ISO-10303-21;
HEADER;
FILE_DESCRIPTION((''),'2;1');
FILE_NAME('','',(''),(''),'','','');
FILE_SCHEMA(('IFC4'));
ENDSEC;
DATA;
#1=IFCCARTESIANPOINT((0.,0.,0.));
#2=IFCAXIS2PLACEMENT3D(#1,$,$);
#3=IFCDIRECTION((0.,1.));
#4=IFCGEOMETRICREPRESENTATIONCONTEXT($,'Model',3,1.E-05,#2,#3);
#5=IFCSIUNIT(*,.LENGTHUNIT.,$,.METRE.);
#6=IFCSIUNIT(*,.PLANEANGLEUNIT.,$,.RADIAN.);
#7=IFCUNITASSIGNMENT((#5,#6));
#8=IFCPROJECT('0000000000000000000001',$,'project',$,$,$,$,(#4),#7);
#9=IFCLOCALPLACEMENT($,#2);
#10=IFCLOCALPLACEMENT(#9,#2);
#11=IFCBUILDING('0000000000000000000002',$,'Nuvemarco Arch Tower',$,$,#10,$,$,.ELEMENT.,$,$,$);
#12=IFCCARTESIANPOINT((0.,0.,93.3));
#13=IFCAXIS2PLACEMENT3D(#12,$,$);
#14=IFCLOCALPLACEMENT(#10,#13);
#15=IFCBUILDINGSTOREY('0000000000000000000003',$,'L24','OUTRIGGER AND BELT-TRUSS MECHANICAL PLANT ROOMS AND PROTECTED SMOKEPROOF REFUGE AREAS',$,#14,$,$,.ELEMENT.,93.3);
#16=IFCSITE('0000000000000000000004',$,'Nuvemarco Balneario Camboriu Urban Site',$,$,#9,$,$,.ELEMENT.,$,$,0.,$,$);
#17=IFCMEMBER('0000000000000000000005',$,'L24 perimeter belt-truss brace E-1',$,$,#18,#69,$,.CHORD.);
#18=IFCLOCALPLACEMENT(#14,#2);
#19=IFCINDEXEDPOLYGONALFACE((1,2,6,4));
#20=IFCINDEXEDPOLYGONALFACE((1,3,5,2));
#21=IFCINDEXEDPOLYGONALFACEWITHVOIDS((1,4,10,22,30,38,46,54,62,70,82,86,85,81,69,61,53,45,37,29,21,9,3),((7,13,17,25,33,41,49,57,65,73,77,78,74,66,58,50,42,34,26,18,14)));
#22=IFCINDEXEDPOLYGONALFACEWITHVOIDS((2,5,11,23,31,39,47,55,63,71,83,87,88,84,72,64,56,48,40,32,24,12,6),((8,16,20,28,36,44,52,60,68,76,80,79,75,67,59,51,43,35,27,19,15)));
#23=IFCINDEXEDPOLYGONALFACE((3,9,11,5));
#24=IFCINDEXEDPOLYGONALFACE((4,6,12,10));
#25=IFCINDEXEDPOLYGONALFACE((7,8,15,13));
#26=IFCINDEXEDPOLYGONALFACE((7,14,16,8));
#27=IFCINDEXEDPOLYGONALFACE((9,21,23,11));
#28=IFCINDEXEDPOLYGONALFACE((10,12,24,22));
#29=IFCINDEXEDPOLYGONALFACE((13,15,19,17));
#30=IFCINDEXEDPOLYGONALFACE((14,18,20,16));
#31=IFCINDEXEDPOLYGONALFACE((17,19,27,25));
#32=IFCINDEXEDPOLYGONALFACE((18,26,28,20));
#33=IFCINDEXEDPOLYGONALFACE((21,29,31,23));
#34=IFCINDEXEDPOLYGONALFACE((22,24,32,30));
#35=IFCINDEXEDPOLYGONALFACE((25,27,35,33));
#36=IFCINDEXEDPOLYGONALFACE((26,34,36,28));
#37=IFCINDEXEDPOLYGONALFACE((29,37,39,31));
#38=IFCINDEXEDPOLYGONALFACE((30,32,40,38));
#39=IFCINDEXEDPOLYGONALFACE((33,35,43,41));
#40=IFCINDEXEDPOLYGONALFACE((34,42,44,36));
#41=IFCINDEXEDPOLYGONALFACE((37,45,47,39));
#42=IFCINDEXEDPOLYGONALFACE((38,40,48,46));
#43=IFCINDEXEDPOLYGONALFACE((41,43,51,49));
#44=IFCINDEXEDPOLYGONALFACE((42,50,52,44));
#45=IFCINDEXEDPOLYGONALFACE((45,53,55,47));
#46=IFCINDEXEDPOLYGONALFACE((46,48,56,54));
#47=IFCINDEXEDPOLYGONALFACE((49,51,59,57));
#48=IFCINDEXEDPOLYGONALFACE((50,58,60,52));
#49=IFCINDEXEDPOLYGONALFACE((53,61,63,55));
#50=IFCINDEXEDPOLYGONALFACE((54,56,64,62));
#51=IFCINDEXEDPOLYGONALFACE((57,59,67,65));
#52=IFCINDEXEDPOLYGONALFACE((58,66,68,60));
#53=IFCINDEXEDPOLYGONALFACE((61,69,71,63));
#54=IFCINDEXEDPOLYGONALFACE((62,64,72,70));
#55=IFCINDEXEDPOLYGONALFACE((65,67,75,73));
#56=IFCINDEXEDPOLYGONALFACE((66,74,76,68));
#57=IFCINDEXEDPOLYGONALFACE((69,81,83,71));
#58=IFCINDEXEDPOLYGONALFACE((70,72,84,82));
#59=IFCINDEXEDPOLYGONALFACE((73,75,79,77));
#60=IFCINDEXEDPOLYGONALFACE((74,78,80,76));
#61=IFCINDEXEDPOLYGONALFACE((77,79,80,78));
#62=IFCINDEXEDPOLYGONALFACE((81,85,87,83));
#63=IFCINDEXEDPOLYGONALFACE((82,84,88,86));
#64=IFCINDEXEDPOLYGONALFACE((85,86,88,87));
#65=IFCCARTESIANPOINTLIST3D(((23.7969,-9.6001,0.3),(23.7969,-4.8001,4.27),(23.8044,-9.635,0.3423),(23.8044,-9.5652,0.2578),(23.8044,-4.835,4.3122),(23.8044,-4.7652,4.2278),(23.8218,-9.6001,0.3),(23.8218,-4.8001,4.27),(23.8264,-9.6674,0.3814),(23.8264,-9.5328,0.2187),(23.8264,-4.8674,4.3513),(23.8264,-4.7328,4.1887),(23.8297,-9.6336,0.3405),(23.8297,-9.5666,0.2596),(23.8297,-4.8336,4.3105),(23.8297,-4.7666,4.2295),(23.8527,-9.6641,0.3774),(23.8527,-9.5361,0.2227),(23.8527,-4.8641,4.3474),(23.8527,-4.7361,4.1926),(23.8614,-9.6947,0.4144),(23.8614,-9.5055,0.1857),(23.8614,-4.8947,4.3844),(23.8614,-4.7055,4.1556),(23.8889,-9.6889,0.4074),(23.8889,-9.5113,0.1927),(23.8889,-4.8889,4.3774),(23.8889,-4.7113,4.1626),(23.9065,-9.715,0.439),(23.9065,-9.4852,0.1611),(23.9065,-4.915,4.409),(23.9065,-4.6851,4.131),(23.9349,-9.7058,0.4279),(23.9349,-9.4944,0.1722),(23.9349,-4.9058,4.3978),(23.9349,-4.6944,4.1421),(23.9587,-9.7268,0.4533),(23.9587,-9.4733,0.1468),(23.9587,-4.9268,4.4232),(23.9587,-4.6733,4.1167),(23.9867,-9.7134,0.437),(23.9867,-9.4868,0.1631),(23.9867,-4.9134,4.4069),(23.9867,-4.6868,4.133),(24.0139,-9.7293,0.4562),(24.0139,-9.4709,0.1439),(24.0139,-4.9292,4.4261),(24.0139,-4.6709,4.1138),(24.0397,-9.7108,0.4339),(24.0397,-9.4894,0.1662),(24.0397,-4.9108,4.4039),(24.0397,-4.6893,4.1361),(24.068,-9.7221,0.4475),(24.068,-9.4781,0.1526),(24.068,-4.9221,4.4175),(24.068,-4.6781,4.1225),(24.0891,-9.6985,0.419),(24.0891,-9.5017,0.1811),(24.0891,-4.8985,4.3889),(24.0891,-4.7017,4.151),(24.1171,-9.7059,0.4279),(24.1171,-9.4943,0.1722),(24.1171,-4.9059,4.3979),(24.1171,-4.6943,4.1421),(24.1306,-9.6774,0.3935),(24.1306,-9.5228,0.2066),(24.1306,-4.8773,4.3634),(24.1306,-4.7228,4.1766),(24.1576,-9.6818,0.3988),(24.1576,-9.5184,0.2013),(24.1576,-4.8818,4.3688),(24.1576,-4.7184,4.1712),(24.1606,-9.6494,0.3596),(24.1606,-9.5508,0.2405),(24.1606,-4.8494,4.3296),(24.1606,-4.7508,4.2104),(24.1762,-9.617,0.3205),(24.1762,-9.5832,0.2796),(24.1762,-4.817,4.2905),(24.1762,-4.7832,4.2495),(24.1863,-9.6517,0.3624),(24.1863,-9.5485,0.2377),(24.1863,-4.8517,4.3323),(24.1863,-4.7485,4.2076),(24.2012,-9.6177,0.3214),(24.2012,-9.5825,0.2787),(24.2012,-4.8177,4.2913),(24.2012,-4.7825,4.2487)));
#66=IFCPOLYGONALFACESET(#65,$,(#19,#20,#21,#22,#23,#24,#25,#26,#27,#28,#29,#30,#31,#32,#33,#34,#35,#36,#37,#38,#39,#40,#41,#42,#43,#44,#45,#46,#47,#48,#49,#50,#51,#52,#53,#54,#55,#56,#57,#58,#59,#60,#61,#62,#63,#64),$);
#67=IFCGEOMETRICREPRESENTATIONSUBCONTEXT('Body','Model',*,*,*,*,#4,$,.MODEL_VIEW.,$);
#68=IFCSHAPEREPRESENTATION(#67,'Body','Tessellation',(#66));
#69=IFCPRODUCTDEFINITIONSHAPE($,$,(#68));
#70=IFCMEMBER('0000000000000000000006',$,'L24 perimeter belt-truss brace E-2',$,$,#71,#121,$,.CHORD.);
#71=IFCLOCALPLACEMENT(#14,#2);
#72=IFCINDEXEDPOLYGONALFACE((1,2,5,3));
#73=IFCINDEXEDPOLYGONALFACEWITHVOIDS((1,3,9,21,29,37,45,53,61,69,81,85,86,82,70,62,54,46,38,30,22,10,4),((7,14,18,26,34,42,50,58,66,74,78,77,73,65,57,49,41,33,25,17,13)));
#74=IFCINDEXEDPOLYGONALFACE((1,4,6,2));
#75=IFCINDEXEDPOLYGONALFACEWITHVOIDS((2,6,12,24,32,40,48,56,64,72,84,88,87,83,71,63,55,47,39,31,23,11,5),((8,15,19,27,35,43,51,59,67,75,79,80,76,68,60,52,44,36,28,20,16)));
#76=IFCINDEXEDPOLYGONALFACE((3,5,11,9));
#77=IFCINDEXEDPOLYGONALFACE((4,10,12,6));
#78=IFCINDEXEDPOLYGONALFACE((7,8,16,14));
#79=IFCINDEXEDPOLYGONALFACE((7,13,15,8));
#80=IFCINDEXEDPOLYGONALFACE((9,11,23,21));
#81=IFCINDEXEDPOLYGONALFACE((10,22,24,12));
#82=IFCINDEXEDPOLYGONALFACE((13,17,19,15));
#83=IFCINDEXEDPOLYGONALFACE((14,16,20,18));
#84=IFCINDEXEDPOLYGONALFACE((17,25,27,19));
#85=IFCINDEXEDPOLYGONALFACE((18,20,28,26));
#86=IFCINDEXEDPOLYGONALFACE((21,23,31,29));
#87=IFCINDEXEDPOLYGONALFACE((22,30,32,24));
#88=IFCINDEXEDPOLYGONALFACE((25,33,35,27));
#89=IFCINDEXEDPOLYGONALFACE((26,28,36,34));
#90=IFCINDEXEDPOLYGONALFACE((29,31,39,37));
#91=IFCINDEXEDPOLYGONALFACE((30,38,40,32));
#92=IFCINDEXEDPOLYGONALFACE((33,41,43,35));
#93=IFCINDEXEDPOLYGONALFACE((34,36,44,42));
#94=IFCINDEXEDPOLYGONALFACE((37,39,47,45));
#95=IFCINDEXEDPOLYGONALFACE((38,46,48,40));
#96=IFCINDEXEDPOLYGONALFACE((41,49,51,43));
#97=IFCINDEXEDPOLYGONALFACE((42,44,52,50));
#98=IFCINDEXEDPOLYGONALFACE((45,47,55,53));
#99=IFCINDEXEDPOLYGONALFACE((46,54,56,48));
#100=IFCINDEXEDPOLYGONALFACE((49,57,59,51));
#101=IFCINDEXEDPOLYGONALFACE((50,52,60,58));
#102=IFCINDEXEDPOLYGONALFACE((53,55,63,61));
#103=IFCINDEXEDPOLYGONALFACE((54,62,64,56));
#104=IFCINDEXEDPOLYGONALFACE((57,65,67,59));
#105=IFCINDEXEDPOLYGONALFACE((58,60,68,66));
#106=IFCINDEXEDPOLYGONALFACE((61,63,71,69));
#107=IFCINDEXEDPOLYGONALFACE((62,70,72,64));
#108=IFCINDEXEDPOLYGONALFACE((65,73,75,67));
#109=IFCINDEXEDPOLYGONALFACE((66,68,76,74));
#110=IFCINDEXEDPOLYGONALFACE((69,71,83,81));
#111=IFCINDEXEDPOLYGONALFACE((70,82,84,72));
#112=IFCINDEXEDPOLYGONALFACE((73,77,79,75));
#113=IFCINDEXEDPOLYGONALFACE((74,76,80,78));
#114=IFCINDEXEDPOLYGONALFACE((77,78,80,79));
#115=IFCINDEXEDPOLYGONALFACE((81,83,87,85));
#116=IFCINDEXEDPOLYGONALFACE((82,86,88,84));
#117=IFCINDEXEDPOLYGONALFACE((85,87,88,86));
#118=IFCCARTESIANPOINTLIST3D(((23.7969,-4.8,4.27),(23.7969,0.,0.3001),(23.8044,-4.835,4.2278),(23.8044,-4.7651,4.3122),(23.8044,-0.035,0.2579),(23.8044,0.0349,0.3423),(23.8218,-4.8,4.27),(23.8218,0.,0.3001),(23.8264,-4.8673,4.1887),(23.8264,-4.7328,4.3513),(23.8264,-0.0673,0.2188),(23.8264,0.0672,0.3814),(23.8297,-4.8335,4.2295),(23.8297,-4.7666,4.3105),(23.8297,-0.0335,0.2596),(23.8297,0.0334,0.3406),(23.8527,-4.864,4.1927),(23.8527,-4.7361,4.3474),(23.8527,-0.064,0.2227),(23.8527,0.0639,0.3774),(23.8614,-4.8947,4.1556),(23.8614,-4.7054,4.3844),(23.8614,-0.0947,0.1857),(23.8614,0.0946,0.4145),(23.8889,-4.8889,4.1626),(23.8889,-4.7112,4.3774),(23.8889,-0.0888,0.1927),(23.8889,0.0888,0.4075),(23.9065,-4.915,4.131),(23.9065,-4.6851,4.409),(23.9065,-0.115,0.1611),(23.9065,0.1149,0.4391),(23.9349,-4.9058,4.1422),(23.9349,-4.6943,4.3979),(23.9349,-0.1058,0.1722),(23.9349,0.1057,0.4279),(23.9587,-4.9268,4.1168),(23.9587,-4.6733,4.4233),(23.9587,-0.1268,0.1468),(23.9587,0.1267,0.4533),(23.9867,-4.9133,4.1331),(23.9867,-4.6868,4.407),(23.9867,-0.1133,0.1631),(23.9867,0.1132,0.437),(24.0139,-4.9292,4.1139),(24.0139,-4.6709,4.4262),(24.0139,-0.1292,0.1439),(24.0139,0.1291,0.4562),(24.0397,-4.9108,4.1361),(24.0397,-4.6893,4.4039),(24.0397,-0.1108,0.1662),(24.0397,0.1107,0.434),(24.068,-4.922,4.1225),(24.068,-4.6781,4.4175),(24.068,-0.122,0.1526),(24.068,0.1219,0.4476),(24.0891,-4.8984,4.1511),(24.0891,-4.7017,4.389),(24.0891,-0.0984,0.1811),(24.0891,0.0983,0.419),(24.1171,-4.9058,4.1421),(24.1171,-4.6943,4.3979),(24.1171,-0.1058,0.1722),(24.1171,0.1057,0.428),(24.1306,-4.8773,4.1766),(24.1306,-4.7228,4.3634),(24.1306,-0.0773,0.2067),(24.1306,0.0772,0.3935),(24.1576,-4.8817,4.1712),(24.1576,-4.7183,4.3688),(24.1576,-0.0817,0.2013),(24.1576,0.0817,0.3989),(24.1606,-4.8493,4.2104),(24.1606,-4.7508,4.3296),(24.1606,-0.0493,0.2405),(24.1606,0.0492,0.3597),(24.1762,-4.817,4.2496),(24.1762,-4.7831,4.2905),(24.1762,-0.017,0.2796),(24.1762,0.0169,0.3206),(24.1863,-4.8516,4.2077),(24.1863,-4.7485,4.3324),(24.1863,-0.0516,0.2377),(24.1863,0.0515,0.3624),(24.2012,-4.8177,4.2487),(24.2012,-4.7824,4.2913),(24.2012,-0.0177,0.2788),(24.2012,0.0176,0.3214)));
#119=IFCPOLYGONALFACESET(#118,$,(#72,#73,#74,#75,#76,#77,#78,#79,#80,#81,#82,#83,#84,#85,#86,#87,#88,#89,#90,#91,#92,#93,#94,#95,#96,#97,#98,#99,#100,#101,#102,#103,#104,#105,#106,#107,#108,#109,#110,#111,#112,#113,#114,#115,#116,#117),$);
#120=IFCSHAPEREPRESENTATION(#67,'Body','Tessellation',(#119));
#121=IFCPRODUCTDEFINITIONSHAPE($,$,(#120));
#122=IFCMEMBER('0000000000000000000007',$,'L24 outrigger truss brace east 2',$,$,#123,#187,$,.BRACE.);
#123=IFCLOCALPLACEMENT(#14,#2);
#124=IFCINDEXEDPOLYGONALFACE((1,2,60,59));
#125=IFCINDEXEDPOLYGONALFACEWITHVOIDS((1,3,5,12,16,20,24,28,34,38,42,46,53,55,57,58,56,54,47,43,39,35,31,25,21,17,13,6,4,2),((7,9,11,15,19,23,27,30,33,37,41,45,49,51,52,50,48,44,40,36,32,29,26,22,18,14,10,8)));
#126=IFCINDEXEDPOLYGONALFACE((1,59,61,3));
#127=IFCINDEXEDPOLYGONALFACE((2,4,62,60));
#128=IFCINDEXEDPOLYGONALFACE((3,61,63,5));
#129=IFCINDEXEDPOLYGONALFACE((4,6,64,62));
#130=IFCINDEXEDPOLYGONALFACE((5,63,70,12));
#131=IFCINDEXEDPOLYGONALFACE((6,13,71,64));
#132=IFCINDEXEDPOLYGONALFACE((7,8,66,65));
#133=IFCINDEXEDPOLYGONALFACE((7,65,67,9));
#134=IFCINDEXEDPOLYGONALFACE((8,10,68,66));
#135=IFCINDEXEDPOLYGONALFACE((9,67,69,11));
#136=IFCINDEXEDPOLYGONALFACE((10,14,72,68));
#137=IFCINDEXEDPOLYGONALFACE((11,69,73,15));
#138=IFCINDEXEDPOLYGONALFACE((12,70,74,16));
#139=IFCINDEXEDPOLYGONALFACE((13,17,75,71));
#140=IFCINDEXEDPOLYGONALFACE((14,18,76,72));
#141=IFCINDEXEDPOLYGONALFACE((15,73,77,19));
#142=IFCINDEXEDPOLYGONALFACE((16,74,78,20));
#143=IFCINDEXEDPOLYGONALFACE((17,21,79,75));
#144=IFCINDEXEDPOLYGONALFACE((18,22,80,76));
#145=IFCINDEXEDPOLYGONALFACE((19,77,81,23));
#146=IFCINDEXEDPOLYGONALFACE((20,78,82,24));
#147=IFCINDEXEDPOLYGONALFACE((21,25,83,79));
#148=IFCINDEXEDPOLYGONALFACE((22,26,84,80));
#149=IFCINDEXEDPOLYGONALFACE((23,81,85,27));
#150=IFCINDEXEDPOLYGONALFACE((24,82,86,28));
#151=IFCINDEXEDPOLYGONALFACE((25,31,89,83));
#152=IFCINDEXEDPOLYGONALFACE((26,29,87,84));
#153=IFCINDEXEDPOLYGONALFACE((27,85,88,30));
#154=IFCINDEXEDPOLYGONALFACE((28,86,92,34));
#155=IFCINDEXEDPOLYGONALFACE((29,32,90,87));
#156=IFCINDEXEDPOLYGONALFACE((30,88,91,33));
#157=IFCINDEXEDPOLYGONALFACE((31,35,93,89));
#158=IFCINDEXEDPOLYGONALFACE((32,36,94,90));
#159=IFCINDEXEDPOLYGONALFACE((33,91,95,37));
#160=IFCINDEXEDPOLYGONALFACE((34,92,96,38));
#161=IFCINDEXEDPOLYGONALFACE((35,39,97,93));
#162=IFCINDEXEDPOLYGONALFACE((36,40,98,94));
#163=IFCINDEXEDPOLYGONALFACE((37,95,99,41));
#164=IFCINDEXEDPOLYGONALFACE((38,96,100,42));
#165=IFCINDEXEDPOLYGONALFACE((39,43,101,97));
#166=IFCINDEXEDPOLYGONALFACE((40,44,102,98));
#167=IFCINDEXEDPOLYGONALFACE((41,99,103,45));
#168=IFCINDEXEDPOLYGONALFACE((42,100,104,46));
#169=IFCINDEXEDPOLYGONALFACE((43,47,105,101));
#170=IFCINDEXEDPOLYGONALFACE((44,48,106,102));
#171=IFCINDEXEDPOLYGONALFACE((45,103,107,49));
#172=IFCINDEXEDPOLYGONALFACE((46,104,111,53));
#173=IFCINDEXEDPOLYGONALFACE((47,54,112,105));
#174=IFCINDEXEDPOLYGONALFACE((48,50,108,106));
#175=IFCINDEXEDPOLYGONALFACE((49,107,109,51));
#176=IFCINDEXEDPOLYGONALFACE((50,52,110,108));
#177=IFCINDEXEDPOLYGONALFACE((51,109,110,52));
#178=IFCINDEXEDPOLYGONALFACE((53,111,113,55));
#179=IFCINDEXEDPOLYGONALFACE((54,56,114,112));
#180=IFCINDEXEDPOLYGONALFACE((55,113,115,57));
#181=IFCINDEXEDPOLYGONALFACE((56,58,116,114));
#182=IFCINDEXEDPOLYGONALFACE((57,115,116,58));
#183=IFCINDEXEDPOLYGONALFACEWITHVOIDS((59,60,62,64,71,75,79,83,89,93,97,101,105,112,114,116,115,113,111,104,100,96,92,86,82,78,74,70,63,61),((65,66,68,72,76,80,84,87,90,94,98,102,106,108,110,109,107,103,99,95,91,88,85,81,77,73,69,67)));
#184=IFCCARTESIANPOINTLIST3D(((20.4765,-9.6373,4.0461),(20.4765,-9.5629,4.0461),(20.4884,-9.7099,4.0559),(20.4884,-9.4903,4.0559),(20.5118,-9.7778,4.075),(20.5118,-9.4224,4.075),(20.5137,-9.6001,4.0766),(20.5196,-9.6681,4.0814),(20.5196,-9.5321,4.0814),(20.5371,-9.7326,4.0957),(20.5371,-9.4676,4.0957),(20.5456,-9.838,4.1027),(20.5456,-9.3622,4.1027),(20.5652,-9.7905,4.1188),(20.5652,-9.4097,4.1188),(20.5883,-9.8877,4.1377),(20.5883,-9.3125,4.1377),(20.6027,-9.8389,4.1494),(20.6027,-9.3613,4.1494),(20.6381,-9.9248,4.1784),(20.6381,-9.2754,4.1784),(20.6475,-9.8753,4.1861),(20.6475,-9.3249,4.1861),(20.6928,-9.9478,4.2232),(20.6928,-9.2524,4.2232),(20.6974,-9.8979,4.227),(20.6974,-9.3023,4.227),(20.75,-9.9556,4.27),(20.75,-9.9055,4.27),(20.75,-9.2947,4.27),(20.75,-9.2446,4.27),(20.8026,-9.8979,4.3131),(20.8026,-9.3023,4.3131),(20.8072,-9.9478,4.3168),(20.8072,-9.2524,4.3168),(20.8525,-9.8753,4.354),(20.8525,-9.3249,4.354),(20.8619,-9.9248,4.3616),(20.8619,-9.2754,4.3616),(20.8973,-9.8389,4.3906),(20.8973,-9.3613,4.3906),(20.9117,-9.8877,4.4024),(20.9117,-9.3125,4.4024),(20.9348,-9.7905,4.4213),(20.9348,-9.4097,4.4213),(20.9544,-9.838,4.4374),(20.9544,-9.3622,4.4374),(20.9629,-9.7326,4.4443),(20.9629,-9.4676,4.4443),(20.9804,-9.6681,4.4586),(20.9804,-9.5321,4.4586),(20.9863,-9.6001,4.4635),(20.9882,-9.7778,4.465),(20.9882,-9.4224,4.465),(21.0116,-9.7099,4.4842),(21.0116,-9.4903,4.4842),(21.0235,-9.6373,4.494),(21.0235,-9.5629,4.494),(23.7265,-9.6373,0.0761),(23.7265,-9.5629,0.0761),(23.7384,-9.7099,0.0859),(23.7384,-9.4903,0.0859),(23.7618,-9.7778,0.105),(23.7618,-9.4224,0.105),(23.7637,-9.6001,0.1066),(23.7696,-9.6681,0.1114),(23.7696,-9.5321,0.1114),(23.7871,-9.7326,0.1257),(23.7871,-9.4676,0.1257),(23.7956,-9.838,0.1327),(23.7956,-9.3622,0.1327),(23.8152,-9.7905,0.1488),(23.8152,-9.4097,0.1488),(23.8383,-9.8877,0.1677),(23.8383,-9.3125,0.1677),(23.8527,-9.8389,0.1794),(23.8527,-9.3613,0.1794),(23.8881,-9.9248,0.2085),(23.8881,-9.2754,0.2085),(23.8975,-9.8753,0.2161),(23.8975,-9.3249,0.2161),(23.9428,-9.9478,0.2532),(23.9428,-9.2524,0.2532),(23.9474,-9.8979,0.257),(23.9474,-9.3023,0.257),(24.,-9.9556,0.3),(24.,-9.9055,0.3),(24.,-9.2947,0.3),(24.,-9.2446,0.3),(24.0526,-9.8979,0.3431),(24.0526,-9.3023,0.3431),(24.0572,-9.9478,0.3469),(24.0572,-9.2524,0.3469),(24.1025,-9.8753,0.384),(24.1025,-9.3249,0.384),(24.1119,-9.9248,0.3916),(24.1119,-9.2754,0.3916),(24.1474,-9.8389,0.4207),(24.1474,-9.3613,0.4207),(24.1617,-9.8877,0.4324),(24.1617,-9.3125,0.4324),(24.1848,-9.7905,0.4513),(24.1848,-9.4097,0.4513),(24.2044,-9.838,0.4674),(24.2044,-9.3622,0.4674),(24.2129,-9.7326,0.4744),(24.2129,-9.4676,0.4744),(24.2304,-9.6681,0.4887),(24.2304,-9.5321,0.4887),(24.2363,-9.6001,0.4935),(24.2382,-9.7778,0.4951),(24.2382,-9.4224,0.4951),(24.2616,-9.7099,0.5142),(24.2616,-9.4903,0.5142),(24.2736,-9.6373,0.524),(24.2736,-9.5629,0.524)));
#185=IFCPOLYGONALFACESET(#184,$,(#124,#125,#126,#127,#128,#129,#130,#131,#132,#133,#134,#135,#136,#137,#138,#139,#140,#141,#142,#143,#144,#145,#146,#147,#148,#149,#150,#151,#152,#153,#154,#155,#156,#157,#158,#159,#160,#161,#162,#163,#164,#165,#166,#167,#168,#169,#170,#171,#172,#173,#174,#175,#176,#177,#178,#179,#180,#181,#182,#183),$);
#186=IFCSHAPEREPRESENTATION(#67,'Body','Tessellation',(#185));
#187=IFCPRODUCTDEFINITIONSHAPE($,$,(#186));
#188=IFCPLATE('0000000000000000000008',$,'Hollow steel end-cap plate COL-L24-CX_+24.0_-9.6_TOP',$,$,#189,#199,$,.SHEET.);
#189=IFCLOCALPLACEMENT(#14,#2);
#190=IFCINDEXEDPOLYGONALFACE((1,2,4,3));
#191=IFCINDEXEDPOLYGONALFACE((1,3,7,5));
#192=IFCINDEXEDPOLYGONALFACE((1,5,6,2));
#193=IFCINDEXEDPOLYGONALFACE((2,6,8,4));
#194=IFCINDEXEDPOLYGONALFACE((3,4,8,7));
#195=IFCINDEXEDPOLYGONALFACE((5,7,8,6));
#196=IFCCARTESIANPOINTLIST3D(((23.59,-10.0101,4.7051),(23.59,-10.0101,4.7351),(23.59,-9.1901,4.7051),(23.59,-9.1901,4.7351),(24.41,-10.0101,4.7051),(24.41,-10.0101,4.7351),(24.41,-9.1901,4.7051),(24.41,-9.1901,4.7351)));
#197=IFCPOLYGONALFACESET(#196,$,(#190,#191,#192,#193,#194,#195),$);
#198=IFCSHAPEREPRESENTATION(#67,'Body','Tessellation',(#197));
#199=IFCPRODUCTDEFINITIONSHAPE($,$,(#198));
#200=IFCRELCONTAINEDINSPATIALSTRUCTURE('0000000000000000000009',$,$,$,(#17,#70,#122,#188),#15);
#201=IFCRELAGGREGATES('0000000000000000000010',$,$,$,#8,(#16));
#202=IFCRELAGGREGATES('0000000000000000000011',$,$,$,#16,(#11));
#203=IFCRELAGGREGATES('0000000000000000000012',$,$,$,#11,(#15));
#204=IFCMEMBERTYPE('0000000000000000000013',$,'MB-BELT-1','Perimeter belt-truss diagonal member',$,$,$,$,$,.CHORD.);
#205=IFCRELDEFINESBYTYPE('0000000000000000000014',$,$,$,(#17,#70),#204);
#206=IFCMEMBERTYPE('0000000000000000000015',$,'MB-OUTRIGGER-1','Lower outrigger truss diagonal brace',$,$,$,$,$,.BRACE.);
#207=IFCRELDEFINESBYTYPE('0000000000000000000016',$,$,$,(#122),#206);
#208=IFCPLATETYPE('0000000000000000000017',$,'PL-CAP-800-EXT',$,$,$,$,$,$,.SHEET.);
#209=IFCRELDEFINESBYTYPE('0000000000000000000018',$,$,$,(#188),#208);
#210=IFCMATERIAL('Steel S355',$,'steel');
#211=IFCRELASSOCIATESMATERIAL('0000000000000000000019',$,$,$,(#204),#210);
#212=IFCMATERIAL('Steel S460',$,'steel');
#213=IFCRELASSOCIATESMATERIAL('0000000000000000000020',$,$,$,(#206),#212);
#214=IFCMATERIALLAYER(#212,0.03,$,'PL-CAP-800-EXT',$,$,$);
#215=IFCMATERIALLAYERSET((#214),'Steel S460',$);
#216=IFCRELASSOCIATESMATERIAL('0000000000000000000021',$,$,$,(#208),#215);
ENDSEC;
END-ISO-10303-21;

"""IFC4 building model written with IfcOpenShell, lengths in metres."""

from ifc_helpers import new_model, si_unit, direction, frame, origin, origin_2d, place, context, subcontext, project, spatial, rectangle, hollow_circle, extrude, source, transform, mapped, material, layer, layer_set, material_profile, profile_set, type_object, type_shapes, element, save


model = new_model("IFC4")

# Units and contexts
model_context = context("Model", 3, precision=1e-05, world=origin(), true_north=direction((0.0, 1.0)))
body_context = subcontext(model_context, "Body", "Model", "MODEL_VIEW")
ifc_project = project(units=[si_unit("LENGTHUNIT", "METRE"), si_unit("PLANEANGLEUNIT", "RADIAN")], contexts=[model_context])

# Site, building, storey
site_placement = place(None, origin())
site = spatial("IfcSite", under=ifc_project, at=site_placement, Name="Nuvemarco Balneario Camboriu Urban Site", CompositionType="ELEMENT", RefElevation=0.0)
building_placement = place(site_placement, origin())
building = spatial("IfcBuilding", under=site, at=building_placement, Name="Nuvemarco Arch Tower", CompositionType="ELEMENT")
storey_placement = place(building_placement, frame((0.0, 0.0, 93.3)))
storey = spatial("IfcBuildingStorey", under=building, at=storey_placement, Name="L24", Description="OUTRIGGER AND BELT-TRUSS MECHANICAL PLANT ROOMS AND PROTECTED SMOKEPROOF REFUGE AREAS", CompositionType="ELEMENT", Elevation=93.3)

# Shared definitions
ifc_material_1 = material(Name="Steel S460", Category="steel")

# Shared definitions
ifc_material_2 = material(Name="Steel S355", Category="steel")

# Members
ifc_material_profile_1 = material_profile(ifc_material_2, hollow_circle(Radius=0.2031, WallThickness=0.0249, at=origin_2d()), Name="CHS406.4x25")
ifc_profile_set_1 = profile_set([ifc_material_profile_1], Name="Steel S355")
member_type_1 = type_object("IfcMemberType", Name="MB-BELT-1", Description="Perimeter belt-truss diagonal member", PredefinedType="CHORD", material=ifc_profile_set_1)
for number, where, z_axis, x_axis, name in (
    (1, (24.0, -9.6001, 0.3), (0.0, 0.77059, 0.637331), (-1.0, 0.0, 0.0), "L24 perimeter belt-truss brace E-1"),
    (2, (24.0, -4.8, 4.27), (0.0, 0.77059, -0.637331), (-1.0, 0.0, 0.0), "L24 perimeter belt-truss brace E-2"),
):
    element("IfcMember", number, at=place(storey_placement, frame(where, z_axis=z_axis, x_axis=x_axis)), inside=storey, type_object=member_type_1, Name=name, PredefinedType="CHORD", context=body_context, shape_type="SweptSolid", body=[
        extrude(hollow_circle(Radius=0.2031, WallThickness=0.0249, at=origin_2d()), origin(), (0.0, 0.0, 1.0), 6.229),
    ])
ifc_material_profile_2 = material_profile(ifc_material_1, hollow_circle(Radius=0.3555, WallThickness=0.05, at=origin_2d()), Name="CHS711x50")
ifc_profile_set_2 = profile_set([ifc_material_profile_2], Name="Steel S460")
member_type_2 = type_object("IfcMemberType", Name="MB-OUTRIGGER-1", Description="Lower outrigger truss diagonal brace", PredefinedType="BRACE", material=ifc_profile_set_2)
member_placement = place(storey_placement, frame((20.75, -9.6001, 4.27), z_axis=(0.633453, 0.0, -0.773781), x_axis=(0.0, 1.0, 0.0)))
element("IfcMember", 3, at=member_placement, inside=storey, type_object=member_type_2, Name="L24 outrigger truss brace east 2", PredefinedType="BRACE", context=body_context, shape_type="SweptSolid", body=[
    extrude(hollow_circle(Radius=0.3555, WallThickness=0.05, at=origin_2d()), origin(), (0.0, 0.0, 1.0), 5.1306),
])

# Plate
ifc_layer_1 = layer(ifc_material_1, 0.03, Name="PL-CAP-800-EXT")
ifc_layer_set_1 = layer_set([ifc_layer_1], Name="Steel S460")
plate_type_1 = type_object("IfcPlateType", Name="PL-CAP-800-EXT", PredefinedType="SHEET", material=ifc_layer_set_1)
shared_shape_1 = source(origin(), body_context, "Body", "SweptSolid", [
    extrude(rectangle(XDim=0.8201, YDim=0.8201, at=origin_2d()), origin(), (0.0, 0.0, 1.0), 0.03),
])
type_shapes(plate_type_1, [shared_shape_1])
plate_1_placement = place(storey_placement, frame((24.0, -9.6001, 4.7051), z_axis=(0.0, 0.0, 1.0), x_axis=(1.0, 0.0, 0.0)))
element("IfcPlate", 4, at=plate_1_placement, inside=storey, type_object=plate_type_1, Name="Hollow steel end-cap plate COL-L24-CX_+24.0_-9.6_TOP", PredefinedType="SHEET", context=body_context, shape_type="MappedRepresentation", body=[
    mapped(shared_shape_1, transform((0.0, 0.0, 0.0), scale=1.0)),
])

save(model, "model.ifc")
